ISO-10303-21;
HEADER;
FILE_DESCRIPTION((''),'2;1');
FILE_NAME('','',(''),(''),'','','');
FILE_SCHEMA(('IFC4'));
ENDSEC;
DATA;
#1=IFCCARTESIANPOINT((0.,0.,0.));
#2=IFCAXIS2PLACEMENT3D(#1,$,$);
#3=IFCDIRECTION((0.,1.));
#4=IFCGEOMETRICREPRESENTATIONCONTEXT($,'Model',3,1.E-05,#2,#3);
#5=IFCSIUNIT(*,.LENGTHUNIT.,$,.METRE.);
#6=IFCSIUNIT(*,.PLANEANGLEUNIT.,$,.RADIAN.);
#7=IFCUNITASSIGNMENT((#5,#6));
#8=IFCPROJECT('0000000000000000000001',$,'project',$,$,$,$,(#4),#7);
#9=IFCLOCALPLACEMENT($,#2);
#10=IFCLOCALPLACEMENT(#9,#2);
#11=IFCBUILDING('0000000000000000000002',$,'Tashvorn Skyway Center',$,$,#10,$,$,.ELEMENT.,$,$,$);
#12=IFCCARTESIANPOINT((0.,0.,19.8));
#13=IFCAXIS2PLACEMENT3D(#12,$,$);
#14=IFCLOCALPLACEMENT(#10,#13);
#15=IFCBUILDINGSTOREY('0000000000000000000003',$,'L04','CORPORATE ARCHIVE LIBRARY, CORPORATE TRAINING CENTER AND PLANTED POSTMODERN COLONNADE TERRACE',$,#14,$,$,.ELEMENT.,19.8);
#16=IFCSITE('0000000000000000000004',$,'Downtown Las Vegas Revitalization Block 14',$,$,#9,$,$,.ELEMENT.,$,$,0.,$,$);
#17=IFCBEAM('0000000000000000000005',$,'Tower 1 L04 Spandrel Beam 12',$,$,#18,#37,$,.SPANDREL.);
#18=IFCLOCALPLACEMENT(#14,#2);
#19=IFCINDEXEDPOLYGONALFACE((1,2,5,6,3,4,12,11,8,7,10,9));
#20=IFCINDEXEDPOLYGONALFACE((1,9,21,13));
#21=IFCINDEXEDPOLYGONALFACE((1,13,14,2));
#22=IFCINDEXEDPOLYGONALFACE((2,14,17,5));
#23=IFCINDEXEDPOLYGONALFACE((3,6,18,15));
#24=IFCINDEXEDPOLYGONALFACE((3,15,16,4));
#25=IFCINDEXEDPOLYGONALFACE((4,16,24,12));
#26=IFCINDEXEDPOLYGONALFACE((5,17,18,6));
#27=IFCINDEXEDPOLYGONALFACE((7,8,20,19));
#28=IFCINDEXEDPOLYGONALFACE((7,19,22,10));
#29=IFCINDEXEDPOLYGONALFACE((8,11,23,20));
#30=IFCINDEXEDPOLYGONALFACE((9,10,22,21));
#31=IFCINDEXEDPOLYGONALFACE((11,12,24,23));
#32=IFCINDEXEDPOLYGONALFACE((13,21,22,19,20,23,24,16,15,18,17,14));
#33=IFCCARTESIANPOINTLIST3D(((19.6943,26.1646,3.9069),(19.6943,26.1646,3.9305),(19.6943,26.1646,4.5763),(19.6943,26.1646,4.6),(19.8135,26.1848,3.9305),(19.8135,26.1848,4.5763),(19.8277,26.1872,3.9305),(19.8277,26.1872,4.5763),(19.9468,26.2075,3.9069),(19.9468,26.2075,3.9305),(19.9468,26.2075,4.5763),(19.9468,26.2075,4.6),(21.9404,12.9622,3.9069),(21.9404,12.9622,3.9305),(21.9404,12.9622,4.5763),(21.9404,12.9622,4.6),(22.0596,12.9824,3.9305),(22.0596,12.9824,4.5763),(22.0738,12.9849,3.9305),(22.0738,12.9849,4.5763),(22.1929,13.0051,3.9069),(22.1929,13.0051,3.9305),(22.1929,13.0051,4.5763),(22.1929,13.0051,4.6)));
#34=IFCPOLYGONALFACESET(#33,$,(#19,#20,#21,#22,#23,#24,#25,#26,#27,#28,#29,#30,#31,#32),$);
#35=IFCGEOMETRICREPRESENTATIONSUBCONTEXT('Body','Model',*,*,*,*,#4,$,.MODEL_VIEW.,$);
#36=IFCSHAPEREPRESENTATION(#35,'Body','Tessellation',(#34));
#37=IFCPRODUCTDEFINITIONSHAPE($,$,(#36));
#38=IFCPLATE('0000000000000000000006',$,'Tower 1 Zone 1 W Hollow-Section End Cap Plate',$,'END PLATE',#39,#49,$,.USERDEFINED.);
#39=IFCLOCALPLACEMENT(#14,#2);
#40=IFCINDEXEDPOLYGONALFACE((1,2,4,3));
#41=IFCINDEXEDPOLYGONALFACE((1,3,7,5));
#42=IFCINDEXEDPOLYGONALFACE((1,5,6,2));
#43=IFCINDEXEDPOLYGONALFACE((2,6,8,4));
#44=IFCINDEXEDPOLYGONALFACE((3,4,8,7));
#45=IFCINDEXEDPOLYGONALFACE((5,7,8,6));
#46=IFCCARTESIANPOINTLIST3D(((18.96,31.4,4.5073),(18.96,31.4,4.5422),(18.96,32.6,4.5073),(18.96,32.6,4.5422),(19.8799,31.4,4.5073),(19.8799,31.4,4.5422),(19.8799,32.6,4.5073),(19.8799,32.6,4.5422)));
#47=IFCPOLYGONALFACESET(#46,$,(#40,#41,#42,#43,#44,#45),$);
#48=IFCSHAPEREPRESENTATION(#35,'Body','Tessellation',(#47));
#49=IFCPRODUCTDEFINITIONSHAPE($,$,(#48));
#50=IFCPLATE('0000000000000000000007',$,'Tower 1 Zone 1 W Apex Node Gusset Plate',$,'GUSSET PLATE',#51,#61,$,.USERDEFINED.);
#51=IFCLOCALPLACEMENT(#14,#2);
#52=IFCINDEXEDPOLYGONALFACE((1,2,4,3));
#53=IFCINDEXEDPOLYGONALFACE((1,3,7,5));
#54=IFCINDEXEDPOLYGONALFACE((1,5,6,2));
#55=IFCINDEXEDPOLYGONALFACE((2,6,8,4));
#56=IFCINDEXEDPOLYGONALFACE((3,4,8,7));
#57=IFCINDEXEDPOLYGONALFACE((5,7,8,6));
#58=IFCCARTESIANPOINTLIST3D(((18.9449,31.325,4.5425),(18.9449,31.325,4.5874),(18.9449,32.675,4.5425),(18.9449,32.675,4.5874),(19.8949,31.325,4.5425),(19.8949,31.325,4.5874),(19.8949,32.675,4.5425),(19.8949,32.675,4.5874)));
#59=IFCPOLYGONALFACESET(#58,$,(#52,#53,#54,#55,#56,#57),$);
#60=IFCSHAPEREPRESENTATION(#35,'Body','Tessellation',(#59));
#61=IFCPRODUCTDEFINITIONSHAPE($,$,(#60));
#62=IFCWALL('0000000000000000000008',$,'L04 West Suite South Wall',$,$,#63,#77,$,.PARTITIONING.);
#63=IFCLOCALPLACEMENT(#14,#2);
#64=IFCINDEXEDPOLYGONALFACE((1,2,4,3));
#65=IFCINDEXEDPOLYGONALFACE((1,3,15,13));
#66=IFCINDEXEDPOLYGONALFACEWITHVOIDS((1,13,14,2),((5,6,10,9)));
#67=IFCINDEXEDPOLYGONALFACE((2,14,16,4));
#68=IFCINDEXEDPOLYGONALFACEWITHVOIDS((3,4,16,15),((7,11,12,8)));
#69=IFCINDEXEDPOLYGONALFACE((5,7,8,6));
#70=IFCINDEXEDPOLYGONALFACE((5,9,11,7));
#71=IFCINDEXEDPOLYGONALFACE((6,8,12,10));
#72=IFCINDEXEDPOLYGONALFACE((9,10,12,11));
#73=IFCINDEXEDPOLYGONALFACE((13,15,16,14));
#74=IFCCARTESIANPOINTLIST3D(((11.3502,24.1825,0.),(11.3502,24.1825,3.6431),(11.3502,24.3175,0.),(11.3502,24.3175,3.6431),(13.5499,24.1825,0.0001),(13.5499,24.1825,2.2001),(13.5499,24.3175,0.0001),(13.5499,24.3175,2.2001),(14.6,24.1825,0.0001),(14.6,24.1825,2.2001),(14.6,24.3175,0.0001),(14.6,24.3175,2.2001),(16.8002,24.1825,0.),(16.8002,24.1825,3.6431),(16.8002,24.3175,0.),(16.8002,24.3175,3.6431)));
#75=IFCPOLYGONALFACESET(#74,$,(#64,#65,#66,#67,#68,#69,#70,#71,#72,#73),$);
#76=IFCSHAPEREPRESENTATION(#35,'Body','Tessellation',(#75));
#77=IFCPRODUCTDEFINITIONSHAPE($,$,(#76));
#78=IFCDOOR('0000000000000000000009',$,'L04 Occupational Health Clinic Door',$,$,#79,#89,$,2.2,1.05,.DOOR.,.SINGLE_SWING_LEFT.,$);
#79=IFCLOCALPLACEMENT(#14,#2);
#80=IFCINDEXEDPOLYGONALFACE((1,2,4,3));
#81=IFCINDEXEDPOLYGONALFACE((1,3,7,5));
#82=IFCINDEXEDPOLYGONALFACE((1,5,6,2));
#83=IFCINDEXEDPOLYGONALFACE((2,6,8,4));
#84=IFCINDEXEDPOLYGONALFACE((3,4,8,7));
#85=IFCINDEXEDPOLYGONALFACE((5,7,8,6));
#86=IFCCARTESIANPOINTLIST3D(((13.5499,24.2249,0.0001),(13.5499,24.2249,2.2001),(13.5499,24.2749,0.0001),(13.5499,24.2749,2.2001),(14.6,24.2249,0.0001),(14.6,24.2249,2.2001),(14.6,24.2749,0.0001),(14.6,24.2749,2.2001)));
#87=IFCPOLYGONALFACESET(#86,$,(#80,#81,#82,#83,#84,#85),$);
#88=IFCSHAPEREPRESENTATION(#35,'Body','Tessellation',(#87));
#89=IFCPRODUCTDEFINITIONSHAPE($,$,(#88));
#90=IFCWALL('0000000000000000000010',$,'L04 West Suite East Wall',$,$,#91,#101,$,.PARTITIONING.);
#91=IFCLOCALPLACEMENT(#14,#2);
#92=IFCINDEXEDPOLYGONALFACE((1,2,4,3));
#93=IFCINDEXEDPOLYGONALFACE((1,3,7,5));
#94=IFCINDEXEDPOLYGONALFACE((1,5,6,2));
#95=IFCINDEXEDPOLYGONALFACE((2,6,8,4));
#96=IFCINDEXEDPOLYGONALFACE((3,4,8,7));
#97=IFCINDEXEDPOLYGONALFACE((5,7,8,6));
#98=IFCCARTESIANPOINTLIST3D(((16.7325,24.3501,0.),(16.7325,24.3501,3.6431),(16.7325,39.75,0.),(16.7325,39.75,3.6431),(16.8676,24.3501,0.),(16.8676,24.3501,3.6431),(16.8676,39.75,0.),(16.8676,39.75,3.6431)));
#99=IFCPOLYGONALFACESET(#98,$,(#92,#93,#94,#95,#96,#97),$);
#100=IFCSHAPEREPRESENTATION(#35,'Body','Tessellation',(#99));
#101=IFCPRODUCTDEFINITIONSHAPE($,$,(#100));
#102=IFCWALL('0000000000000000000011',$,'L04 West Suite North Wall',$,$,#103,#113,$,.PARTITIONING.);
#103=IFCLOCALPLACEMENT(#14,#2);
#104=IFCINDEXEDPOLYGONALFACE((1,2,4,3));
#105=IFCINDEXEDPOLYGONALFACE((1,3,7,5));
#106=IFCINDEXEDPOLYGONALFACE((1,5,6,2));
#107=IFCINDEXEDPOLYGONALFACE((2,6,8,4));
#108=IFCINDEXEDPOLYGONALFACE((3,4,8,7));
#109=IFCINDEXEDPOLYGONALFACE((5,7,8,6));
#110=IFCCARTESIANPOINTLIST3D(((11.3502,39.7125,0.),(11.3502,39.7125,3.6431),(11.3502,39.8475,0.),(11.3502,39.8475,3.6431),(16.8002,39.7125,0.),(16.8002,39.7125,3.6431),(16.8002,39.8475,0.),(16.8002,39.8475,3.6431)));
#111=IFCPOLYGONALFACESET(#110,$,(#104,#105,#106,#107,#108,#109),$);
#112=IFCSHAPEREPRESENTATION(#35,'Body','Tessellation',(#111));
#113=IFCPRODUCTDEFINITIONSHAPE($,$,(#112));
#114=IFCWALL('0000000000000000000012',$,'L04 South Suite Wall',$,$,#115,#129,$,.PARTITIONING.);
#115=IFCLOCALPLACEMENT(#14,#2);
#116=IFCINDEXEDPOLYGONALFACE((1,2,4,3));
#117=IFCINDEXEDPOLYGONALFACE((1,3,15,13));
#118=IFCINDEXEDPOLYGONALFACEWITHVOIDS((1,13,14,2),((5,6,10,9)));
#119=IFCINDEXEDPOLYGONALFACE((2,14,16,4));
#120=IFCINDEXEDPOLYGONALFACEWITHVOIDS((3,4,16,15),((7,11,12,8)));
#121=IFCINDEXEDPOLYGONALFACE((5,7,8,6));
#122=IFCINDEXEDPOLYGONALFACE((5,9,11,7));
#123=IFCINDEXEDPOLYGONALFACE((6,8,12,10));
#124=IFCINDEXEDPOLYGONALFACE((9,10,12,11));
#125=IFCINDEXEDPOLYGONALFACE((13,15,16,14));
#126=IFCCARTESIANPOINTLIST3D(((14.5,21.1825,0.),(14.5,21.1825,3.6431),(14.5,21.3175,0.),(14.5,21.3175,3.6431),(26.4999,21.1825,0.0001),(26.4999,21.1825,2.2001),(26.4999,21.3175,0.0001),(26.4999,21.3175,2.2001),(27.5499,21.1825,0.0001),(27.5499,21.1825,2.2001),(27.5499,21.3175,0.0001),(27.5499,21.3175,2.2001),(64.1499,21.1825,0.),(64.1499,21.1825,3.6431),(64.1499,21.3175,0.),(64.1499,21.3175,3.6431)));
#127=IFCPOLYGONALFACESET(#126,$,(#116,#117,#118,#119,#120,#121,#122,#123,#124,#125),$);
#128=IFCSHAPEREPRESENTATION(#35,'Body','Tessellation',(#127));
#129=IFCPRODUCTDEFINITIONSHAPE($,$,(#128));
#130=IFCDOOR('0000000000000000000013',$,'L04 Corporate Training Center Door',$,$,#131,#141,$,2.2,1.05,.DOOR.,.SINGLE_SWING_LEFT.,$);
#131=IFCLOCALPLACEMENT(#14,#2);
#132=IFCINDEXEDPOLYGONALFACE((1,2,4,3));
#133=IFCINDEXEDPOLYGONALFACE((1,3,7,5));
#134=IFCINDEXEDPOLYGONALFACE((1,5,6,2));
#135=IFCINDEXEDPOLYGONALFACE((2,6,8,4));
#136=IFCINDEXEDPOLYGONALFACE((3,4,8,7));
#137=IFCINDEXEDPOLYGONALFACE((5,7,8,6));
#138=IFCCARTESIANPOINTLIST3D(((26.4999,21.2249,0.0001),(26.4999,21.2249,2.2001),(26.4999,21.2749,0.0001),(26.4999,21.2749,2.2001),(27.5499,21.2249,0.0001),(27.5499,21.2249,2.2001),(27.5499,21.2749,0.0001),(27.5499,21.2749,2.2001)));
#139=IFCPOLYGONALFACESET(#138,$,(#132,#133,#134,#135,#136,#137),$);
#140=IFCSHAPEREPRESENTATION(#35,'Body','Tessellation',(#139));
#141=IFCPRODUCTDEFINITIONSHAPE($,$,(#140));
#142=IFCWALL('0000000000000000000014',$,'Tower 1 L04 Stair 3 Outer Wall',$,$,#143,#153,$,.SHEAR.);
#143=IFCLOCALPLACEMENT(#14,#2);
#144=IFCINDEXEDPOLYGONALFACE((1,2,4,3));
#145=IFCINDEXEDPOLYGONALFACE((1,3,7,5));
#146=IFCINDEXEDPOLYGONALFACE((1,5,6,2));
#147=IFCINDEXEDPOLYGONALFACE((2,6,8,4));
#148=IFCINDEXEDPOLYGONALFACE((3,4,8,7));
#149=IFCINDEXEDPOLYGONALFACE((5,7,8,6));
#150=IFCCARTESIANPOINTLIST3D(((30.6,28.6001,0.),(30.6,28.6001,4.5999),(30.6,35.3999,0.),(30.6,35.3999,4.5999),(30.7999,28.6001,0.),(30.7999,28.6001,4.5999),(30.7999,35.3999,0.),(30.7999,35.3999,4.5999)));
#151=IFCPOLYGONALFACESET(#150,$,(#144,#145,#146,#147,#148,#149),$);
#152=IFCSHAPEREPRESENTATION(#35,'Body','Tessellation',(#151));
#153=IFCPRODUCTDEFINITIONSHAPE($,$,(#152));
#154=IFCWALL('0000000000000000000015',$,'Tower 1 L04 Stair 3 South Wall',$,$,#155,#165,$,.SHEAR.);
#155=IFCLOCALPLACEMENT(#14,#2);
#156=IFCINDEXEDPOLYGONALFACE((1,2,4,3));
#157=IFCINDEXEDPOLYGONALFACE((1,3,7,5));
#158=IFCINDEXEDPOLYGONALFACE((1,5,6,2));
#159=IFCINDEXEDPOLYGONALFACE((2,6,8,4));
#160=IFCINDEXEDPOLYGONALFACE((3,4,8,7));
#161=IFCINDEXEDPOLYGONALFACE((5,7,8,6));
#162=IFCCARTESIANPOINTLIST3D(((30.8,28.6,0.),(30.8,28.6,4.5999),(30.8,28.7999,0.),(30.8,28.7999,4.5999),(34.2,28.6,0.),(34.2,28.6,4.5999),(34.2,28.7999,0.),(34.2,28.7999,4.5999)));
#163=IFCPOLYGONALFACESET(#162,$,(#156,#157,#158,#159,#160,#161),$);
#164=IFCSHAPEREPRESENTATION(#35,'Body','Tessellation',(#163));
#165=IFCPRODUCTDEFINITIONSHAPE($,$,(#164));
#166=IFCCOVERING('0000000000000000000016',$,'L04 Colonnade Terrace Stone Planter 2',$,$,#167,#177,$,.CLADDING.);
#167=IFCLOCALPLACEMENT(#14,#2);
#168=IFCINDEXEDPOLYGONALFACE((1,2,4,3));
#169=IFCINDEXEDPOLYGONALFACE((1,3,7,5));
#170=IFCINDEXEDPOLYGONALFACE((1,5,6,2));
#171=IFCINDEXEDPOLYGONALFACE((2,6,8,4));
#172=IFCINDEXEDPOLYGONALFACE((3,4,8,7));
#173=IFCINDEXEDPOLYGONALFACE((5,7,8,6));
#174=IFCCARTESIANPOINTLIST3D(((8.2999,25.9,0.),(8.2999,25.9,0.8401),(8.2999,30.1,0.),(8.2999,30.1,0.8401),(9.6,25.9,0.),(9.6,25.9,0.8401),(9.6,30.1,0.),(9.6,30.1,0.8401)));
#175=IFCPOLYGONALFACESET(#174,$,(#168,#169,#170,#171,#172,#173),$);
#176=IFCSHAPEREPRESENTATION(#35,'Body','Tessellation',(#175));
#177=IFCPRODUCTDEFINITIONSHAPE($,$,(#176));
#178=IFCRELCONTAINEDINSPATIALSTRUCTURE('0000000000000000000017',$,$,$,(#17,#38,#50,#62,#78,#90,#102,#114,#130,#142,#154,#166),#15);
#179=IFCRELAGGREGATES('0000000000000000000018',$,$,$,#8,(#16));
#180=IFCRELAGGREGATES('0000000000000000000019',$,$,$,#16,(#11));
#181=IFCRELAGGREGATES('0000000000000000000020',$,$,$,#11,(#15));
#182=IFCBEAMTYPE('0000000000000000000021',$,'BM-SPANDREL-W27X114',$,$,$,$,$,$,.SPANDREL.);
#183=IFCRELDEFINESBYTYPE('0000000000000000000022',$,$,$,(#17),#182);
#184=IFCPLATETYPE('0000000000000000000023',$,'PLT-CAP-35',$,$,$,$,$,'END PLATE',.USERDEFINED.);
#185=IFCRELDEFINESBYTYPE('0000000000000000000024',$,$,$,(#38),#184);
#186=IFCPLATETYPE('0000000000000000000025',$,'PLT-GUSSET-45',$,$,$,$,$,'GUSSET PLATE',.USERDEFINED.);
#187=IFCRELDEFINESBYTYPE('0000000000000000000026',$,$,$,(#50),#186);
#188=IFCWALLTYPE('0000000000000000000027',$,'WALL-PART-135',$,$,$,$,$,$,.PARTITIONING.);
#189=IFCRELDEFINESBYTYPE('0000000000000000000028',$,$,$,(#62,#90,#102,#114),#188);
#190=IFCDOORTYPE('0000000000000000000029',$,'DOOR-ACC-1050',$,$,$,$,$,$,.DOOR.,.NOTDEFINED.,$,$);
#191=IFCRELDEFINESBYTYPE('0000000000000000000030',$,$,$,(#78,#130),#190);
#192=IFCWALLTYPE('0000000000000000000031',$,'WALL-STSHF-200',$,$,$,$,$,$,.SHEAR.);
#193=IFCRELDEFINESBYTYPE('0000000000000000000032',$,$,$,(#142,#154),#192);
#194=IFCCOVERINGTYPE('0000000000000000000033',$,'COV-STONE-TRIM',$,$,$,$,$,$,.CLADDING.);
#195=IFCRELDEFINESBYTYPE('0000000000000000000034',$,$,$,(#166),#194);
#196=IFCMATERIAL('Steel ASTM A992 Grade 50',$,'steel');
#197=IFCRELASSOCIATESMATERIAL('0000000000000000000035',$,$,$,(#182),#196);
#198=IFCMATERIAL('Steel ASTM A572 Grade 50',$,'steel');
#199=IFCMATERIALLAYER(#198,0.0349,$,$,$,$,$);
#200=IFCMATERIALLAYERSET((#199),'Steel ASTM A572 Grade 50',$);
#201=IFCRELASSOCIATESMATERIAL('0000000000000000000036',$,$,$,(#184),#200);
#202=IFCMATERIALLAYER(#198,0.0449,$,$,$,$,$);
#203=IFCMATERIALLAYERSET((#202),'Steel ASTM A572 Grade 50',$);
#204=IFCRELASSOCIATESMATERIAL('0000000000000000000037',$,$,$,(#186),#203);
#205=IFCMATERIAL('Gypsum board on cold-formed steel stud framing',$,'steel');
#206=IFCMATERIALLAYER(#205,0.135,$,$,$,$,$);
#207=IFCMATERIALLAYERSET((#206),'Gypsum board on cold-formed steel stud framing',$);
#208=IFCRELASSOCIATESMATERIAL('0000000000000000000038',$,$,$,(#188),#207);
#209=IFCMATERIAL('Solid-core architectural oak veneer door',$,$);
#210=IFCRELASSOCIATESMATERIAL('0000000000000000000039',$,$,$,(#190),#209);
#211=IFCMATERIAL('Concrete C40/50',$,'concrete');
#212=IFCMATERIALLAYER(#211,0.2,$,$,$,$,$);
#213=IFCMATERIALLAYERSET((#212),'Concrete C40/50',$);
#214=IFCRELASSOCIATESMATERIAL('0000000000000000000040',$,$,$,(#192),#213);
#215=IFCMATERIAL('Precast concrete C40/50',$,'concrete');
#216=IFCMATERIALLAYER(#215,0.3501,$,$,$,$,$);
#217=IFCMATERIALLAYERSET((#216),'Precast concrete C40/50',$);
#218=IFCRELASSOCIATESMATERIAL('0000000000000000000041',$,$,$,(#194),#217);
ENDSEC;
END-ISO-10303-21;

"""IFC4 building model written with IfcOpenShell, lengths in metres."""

from ifc_helpers import new_model, si_unit, direction, frame, frame_2d, origin, origin_2d, place, context, subcontext, project, spatial, rectangle, i_section, extrude, material, layer, layer_set, material_profile, profile_set, type_object, element, fill, save


model = new_model("IFC4")

# Units and contexts
model_context = context("Model", 3, precision=1e-05, world=origin(), true_north=direction((0.0, 1.0)))
body_context = subcontext(model_context, "Body", "Model", "MODEL_VIEW")
ifc_project = project(units=[si_unit("LENGTHUNIT", "METRE"), si_unit("PLANEANGLEUNIT", "RADIAN")], contexts=[model_context])

# Site, building, storey
site_placement = place(None, origin())
site = spatial("IfcSite", under=ifc_project, at=site_placement, Name="Downtown Las Vegas Revitalization Block 14", CompositionType="ELEMENT", RefElevation=0.0)
building_placement = place(site_placement, origin())
building = spatial("IfcBuilding", under=site, at=building_placement, Name="Tashvorn Skyway Center", CompositionType="ELEMENT")
storey_placement = place(building_placement, frame((0.0, 0.0, 19.8)))
storey = spatial("IfcBuildingStorey", under=building, at=storey_placement, Name="L04", Description="CORPORATE ARCHIVE LIBRARY, CORPORATE TRAINING CENTER AND PLANTED POSTMODERN COLONNADE TERRACE", CompositionType="ELEMENT", Elevation=19.8)

# Shared definitions
ifc_material_1 = material(Name="Steel ASTM A572 Grade 50", Category="steel")

# Beam
ifc_material_2 = material(Name="Steel ASTM A992 Grade 50", Category="steel")
ifc_material_profile_1 = material_profile(ifc_material_2, i_section(OverallWidth=0.2561, OverallDepth=0.6931, WebThickness=0.0144, FlangeThickness=0.0237, at=origin_2d()), Name="W27X114")
ifc_profile_set_1 = profile_set([ifc_material_profile_1], Name="Steel ASTM A992 Grade 50")
beam_type_1 = type_object("IfcBeamType", Name="BM-SPANDREL-W27X114", PredefinedType="SPANDREL", material=ifc_profile_set_1)
beam_1_placement = place(storey_placement, frame((19.8206, 26.186, 4.2534), z_axis=(0.167718, -0.985835, 0.0), x_axis=(0.985835, 0.167718, 0.0)))
element("IfcBeam", 1, at=beam_1_placement, inside=storey, type_object=beam_type_1, Name="Tower 1 L04 Spandrel Beam 12", PredefinedType="SPANDREL", context=body_context, shape_type="SweptSolid", body=[
    extrude(i_section(OverallWidth=0.2561, OverallDepth=0.6931, WebThickness=0.0144, FlangeThickness=0.0237, at=origin_2d()), origin(), (0.0, 0.0, 1.0), 13.3921),
])

# Plates
ifc_layer_1 = layer(ifc_material_1, 0.0349)
ifc_layer_set_1 = layer_set([ifc_layer_1], Name="Steel ASTM A572 Grade 50")
plate_type_1 = type_object("IfcPlateType", Name="PLT-CAP-35", ElementType="END PLATE", PredefinedType="USERDEFINED", material=ifc_layer_set_1)
plate_1_placement = place(storey_placement, frame((19.4199, 32.0, 4.5073), z_axis=(0.0, 0.0, 1.0), x_axis=(0.0, -1.0, 0.0)))
element("IfcPlate", 2, at=plate_1_placement, inside=storey, type_object=plate_type_1, Name="Tower 1 Zone 1 W Hollow-Section End Cap Plate", ObjectType="END PLATE", PredefinedType="USERDEFINED", context=body_context, shape_type="SweptSolid", body=[
    extrude(rectangle(XDim=1.2, YDim=0.9199, at=origin_2d()), origin(), (0.0, 0.0, 1.0), 0.0349),
])
ifc_layer_2 = layer(ifc_material_1, 0.0449)
ifc_layer_set_2 = layer_set([ifc_layer_2], Name="Steel ASTM A572 Grade 50")
plate_type_2 = type_object("IfcPlateType", Name="PLT-GUSSET-45", ElementType="GUSSET PLATE", PredefinedType="USERDEFINED", material=ifc_layer_set_2)
plate_2_placement = place(storey_placement, frame((19.4199, 32.0, 4.5425), z_axis=(0.0, 0.0, 1.0), x_axis=(0.0, -1.0, 0.0)))
element("IfcPlate", 3, at=plate_2_placement, inside=storey, type_object=plate_type_2, Name="Tower 1 Zone 1 W Apex Node Gusset Plate", ObjectType="GUSSET PLATE", PredefinedType="USERDEFINED", context=body_context, shape_type="SweptSolid", body=[
    extrude(rectangle(XDim=1.3501, YDim=0.95, at=origin_2d()), origin(), (0.0, 0.0, 1.0), 0.0449),
])

# Wall, opening, door
ifc_material_3 = material(Name="Gypsum board on cold-formed steel stud framing", Category="steel")
ifc_layer_3 = layer(ifc_material_3, 0.135)
ifc_layer_set_3 = layer_set([ifc_layer_3], Name="Gypsum board on cold-formed steel stud framing")
wall_type_1 = type_object("IfcWallType", Name="WALL-PART-135", PredefinedType="PARTITIONING", material=ifc_layer_set_3)
wall_1_placement = place(storey_placement, frame((11.3501, 24.25, 0.0), z_axis=(0.0, 0.0, 1.0), x_axis=(1.0, 0.0, 0.0)))
wall_1 = element("IfcWall", 4, at=wall_1_placement, inside=storey, type_object=wall_type_1, Name="L04 West Suite South Wall", PredefinedType="PARTITIONING", context=body_context, shape_type="SweptSolid", body=[
    extrude(rectangle(XDim=5.45, YDim=0.135, at=frame_2d((2.7251, 0.0))), origin(), (0.0, 0.0, 1.0), 3.6431),
])
opening_1_placement = place(wall_1_placement, frame((2.2, 0.0, 0.0)))
opening_1 = element("IfcOpeningElement", 5, at=opening_1_placement, cuts=wall_1, PredefinedType="OPENING", context=body_context, shape_type="SweptSolid", body=[
    extrude(rectangle(XDim=1.05, YDim=2.2, at=frame_2d((0.5249, 1.1001))), frame((0.0, 0.0774, 0.0), z_axis=(0.0, -1.0, 0.0), x_axis=(1.0, 0.0, 0.0)), (0.0, 0.0, 1.0), 0.155),
])
ifc_material_4 = material(Name="Solid-core architectural oak veneer door")
door_type = type_object("IfcDoorType", Name="DOOR-ACC-1050", OperationType="NOTDEFINED", PredefinedType="DOOR", material=ifc_material_4)
door_1_placement = place(opening_1_placement, origin())
door_1 = element("IfcDoor", 6, at=door_1_placement, inside=storey, type_object=door_type, Name="L04 Occupational Health Clinic Door", OperationType="SINGLE_SWING_LEFT", OverallHeight=2.2, OverallWidth=1.05, PredefinedType="DOOR", context=body_context, shape_type="SweptSolid", body=[
    extrude(rectangle(XDim=1.05, YDim=2.2, at=frame_2d((0.5249, 1.1001))), frame((0.0, 0.0249, 0.0), z_axis=(0.0, -1.0, 0.0), x_axis=(1.0, 0.0, 0.0)), (0.0, 0.0, 1.0), 0.05),
])
fill(opening_1, door_1)

# Walls
wall_2_placement = place(storey_placement, frame((16.8, 24.3501, 0.0), z_axis=(0.0, 0.0, 1.0), x_axis=(0.0, 1.0, 0.0)))
element("IfcWall", 7, at=wall_2_placement, inside=storey, type_object=wall_type_1, Name="L04 West Suite East Wall", PredefinedType="PARTITIONING", context=body_context, shape_type="SweptSolid", body=[
    extrude(rectangle(XDim=15.3999, YDim=0.135, at=frame_2d((7.7, 0.0))), origin(), (0.0, 0.0, 1.0), 3.6431),
])
wall_3_placement = place(storey_placement, frame((11.3501, 39.78, 0.0), z_axis=(0.0, 0.0, 1.0), x_axis=(1.0, 0.0, 0.0)))
element("IfcWall", 8, at=wall_3_placement, inside=storey, type_object=wall_type_1, Name="L04 West Suite North Wall", PredefinedType="PARTITIONING", context=body_context, shape_type="SweptSolid", body=[
    extrude(rectangle(XDim=5.45, YDim=0.135, at=frame_2d((2.7251, 0.0))), origin(), (0.0, 0.0, 1.0), 3.6431),
])

# Wall, opening, door
wall_4_placement = place(storey_placement, frame((14.5, 21.25, 0.0), z_axis=(0.0, 0.0, 1.0), x_axis=(1.0, 0.0, 0.0)))
wall_4 = element("IfcWall", 9, at=wall_4_placement, inside=storey, type_object=wall_type_1, Name="L04 South Suite Wall", PredefinedType="PARTITIONING", context=body_context, shape_type="SweptSolid", body=[
    extrude(rectangle(XDim=49.6499, YDim=0.135, at=frame_2d((24.825, 0.0))), origin(), (0.0, 0.0, 1.0), 3.6431),
])
opening_2_placement = place(wall_4_placement, frame((12.0, 0.0, 0.0)))
opening_2 = element("IfcOpeningElement", 10, at=opening_2_placement, cuts=wall_4, PredefinedType="OPENING", context=body_context, shape_type="SweptSolid", body=[
    extrude(rectangle(XDim=1.05, YDim=2.2, at=frame_2d((0.5249, 1.1001))), frame((0.0, 0.0774, 0.0), z_axis=(0.0, -1.0, 0.0), x_axis=(1.0, 0.0, 0.0)), (0.0, 0.0, 1.0), 0.155),
])
door_2_placement = place(opening_2_placement, origin())
door_2 = element("IfcDoor", 11, at=door_2_placement, inside=storey, type_object=door_type, Name="L04 Corporate Training Center Door", OperationType="SINGLE_SWING_LEFT", OverallHeight=2.2, OverallWidth=1.05, PredefinedType="DOOR", context=body_context, shape_type="SweptSolid", body=[
    extrude(rectangle(XDim=1.05, YDim=2.2, at=frame_2d((0.5249, 1.1001))), frame((0.0, 0.0249, 0.0), z_axis=(0.0, -1.0, 0.0), x_axis=(1.0, 0.0, 0.0)), (0.0, 0.0, 1.0), 0.05),
])
fill(opening_2, door_2)

# Walls
ifc_material_5 = material(Name="Concrete C40/50", Category="concrete")
ifc_layer_4 = layer(ifc_material_5, 0.2)
ifc_layer_set_4 = layer_set([ifc_layer_4], Name="Concrete C40/50")
wall_type_2 = type_object("IfcWallType", Name="WALL-STSHF-200", PredefinedType="SHEAR", material=ifc_layer_set_4)
wall_5_placement = place(storey_placement, frame((30.7, 28.6001, 0.0), z_axis=(0.0, 0.0, 1.0), x_axis=(0.0, 1.0, 0.0)))
element("IfcWall", 12, at=wall_5_placement, inside=storey, type_object=wall_type_2, Name="Tower 1 L04 Stair 3 Outer Wall", PredefinedType="SHEAR", context=body_context, shape_type="SweptSolid", body=[
    extrude(rectangle(XDim=6.7998, YDim=0.2, at=frame_2d((3.3999, 0.0))), origin(), (0.0, 0.0, 1.0), 4.5999),
])
wall_6_placement = place(storey_placement, frame((30.8, 28.7, 0.0), z_axis=(0.0, 0.0, 1.0), x_axis=(1.0, 0.0, 0.0)))
element("IfcWall", 13, at=wall_6_placement, inside=storey, type_object=wall_type_2, Name="Tower 1 L04 Stair 3 South Wall", PredefinedType="SHEAR", context=body_context, shape_type="SweptSolid", body=[
    extrude(rectangle(XDim=3.3999, YDim=0.2, at=frame_2d((1.7, 0.0))), origin(), (0.0, 0.0, 1.0), 4.5999),
])

# Covering
ifc_material_6 = material(Name="Precast concrete C40/50", Category="concrete")
ifc_layer_5 = layer(ifc_material_6, 0.3501)
ifc_layer_set_5 = layer_set([ifc_layer_5], Name="Precast concrete C40/50")
covering_type = type_object("IfcCoveringType", Name="COV-STONE-TRIM", PredefinedType="CLADDING", material=ifc_layer_set_5)
for number, where, z_axis, x_axis, name in (
    (14, (8.95, 28.0, 0.0), (0.0, 0.0, 1.0), (1.0, 0.0, 0.0), "L04 Colonnade Terrace Stone Planter 2"),
):
    element("IfcCovering", number, at=place(storey_placement, frame(where, z_axis=z_axis, x_axis=x_axis)), inside=storey, type_object=covering_type, Name=name, PredefinedType="CLADDING", context=body_context, shape_type="SweptSolid", body=[
        extrude(rectangle(XDim=1.3, YDim=4.2, at=origin_2d()), origin(), (0.0, 0.0, 1.0), 0.8401),
    ])

save(model, "model.ifc")
